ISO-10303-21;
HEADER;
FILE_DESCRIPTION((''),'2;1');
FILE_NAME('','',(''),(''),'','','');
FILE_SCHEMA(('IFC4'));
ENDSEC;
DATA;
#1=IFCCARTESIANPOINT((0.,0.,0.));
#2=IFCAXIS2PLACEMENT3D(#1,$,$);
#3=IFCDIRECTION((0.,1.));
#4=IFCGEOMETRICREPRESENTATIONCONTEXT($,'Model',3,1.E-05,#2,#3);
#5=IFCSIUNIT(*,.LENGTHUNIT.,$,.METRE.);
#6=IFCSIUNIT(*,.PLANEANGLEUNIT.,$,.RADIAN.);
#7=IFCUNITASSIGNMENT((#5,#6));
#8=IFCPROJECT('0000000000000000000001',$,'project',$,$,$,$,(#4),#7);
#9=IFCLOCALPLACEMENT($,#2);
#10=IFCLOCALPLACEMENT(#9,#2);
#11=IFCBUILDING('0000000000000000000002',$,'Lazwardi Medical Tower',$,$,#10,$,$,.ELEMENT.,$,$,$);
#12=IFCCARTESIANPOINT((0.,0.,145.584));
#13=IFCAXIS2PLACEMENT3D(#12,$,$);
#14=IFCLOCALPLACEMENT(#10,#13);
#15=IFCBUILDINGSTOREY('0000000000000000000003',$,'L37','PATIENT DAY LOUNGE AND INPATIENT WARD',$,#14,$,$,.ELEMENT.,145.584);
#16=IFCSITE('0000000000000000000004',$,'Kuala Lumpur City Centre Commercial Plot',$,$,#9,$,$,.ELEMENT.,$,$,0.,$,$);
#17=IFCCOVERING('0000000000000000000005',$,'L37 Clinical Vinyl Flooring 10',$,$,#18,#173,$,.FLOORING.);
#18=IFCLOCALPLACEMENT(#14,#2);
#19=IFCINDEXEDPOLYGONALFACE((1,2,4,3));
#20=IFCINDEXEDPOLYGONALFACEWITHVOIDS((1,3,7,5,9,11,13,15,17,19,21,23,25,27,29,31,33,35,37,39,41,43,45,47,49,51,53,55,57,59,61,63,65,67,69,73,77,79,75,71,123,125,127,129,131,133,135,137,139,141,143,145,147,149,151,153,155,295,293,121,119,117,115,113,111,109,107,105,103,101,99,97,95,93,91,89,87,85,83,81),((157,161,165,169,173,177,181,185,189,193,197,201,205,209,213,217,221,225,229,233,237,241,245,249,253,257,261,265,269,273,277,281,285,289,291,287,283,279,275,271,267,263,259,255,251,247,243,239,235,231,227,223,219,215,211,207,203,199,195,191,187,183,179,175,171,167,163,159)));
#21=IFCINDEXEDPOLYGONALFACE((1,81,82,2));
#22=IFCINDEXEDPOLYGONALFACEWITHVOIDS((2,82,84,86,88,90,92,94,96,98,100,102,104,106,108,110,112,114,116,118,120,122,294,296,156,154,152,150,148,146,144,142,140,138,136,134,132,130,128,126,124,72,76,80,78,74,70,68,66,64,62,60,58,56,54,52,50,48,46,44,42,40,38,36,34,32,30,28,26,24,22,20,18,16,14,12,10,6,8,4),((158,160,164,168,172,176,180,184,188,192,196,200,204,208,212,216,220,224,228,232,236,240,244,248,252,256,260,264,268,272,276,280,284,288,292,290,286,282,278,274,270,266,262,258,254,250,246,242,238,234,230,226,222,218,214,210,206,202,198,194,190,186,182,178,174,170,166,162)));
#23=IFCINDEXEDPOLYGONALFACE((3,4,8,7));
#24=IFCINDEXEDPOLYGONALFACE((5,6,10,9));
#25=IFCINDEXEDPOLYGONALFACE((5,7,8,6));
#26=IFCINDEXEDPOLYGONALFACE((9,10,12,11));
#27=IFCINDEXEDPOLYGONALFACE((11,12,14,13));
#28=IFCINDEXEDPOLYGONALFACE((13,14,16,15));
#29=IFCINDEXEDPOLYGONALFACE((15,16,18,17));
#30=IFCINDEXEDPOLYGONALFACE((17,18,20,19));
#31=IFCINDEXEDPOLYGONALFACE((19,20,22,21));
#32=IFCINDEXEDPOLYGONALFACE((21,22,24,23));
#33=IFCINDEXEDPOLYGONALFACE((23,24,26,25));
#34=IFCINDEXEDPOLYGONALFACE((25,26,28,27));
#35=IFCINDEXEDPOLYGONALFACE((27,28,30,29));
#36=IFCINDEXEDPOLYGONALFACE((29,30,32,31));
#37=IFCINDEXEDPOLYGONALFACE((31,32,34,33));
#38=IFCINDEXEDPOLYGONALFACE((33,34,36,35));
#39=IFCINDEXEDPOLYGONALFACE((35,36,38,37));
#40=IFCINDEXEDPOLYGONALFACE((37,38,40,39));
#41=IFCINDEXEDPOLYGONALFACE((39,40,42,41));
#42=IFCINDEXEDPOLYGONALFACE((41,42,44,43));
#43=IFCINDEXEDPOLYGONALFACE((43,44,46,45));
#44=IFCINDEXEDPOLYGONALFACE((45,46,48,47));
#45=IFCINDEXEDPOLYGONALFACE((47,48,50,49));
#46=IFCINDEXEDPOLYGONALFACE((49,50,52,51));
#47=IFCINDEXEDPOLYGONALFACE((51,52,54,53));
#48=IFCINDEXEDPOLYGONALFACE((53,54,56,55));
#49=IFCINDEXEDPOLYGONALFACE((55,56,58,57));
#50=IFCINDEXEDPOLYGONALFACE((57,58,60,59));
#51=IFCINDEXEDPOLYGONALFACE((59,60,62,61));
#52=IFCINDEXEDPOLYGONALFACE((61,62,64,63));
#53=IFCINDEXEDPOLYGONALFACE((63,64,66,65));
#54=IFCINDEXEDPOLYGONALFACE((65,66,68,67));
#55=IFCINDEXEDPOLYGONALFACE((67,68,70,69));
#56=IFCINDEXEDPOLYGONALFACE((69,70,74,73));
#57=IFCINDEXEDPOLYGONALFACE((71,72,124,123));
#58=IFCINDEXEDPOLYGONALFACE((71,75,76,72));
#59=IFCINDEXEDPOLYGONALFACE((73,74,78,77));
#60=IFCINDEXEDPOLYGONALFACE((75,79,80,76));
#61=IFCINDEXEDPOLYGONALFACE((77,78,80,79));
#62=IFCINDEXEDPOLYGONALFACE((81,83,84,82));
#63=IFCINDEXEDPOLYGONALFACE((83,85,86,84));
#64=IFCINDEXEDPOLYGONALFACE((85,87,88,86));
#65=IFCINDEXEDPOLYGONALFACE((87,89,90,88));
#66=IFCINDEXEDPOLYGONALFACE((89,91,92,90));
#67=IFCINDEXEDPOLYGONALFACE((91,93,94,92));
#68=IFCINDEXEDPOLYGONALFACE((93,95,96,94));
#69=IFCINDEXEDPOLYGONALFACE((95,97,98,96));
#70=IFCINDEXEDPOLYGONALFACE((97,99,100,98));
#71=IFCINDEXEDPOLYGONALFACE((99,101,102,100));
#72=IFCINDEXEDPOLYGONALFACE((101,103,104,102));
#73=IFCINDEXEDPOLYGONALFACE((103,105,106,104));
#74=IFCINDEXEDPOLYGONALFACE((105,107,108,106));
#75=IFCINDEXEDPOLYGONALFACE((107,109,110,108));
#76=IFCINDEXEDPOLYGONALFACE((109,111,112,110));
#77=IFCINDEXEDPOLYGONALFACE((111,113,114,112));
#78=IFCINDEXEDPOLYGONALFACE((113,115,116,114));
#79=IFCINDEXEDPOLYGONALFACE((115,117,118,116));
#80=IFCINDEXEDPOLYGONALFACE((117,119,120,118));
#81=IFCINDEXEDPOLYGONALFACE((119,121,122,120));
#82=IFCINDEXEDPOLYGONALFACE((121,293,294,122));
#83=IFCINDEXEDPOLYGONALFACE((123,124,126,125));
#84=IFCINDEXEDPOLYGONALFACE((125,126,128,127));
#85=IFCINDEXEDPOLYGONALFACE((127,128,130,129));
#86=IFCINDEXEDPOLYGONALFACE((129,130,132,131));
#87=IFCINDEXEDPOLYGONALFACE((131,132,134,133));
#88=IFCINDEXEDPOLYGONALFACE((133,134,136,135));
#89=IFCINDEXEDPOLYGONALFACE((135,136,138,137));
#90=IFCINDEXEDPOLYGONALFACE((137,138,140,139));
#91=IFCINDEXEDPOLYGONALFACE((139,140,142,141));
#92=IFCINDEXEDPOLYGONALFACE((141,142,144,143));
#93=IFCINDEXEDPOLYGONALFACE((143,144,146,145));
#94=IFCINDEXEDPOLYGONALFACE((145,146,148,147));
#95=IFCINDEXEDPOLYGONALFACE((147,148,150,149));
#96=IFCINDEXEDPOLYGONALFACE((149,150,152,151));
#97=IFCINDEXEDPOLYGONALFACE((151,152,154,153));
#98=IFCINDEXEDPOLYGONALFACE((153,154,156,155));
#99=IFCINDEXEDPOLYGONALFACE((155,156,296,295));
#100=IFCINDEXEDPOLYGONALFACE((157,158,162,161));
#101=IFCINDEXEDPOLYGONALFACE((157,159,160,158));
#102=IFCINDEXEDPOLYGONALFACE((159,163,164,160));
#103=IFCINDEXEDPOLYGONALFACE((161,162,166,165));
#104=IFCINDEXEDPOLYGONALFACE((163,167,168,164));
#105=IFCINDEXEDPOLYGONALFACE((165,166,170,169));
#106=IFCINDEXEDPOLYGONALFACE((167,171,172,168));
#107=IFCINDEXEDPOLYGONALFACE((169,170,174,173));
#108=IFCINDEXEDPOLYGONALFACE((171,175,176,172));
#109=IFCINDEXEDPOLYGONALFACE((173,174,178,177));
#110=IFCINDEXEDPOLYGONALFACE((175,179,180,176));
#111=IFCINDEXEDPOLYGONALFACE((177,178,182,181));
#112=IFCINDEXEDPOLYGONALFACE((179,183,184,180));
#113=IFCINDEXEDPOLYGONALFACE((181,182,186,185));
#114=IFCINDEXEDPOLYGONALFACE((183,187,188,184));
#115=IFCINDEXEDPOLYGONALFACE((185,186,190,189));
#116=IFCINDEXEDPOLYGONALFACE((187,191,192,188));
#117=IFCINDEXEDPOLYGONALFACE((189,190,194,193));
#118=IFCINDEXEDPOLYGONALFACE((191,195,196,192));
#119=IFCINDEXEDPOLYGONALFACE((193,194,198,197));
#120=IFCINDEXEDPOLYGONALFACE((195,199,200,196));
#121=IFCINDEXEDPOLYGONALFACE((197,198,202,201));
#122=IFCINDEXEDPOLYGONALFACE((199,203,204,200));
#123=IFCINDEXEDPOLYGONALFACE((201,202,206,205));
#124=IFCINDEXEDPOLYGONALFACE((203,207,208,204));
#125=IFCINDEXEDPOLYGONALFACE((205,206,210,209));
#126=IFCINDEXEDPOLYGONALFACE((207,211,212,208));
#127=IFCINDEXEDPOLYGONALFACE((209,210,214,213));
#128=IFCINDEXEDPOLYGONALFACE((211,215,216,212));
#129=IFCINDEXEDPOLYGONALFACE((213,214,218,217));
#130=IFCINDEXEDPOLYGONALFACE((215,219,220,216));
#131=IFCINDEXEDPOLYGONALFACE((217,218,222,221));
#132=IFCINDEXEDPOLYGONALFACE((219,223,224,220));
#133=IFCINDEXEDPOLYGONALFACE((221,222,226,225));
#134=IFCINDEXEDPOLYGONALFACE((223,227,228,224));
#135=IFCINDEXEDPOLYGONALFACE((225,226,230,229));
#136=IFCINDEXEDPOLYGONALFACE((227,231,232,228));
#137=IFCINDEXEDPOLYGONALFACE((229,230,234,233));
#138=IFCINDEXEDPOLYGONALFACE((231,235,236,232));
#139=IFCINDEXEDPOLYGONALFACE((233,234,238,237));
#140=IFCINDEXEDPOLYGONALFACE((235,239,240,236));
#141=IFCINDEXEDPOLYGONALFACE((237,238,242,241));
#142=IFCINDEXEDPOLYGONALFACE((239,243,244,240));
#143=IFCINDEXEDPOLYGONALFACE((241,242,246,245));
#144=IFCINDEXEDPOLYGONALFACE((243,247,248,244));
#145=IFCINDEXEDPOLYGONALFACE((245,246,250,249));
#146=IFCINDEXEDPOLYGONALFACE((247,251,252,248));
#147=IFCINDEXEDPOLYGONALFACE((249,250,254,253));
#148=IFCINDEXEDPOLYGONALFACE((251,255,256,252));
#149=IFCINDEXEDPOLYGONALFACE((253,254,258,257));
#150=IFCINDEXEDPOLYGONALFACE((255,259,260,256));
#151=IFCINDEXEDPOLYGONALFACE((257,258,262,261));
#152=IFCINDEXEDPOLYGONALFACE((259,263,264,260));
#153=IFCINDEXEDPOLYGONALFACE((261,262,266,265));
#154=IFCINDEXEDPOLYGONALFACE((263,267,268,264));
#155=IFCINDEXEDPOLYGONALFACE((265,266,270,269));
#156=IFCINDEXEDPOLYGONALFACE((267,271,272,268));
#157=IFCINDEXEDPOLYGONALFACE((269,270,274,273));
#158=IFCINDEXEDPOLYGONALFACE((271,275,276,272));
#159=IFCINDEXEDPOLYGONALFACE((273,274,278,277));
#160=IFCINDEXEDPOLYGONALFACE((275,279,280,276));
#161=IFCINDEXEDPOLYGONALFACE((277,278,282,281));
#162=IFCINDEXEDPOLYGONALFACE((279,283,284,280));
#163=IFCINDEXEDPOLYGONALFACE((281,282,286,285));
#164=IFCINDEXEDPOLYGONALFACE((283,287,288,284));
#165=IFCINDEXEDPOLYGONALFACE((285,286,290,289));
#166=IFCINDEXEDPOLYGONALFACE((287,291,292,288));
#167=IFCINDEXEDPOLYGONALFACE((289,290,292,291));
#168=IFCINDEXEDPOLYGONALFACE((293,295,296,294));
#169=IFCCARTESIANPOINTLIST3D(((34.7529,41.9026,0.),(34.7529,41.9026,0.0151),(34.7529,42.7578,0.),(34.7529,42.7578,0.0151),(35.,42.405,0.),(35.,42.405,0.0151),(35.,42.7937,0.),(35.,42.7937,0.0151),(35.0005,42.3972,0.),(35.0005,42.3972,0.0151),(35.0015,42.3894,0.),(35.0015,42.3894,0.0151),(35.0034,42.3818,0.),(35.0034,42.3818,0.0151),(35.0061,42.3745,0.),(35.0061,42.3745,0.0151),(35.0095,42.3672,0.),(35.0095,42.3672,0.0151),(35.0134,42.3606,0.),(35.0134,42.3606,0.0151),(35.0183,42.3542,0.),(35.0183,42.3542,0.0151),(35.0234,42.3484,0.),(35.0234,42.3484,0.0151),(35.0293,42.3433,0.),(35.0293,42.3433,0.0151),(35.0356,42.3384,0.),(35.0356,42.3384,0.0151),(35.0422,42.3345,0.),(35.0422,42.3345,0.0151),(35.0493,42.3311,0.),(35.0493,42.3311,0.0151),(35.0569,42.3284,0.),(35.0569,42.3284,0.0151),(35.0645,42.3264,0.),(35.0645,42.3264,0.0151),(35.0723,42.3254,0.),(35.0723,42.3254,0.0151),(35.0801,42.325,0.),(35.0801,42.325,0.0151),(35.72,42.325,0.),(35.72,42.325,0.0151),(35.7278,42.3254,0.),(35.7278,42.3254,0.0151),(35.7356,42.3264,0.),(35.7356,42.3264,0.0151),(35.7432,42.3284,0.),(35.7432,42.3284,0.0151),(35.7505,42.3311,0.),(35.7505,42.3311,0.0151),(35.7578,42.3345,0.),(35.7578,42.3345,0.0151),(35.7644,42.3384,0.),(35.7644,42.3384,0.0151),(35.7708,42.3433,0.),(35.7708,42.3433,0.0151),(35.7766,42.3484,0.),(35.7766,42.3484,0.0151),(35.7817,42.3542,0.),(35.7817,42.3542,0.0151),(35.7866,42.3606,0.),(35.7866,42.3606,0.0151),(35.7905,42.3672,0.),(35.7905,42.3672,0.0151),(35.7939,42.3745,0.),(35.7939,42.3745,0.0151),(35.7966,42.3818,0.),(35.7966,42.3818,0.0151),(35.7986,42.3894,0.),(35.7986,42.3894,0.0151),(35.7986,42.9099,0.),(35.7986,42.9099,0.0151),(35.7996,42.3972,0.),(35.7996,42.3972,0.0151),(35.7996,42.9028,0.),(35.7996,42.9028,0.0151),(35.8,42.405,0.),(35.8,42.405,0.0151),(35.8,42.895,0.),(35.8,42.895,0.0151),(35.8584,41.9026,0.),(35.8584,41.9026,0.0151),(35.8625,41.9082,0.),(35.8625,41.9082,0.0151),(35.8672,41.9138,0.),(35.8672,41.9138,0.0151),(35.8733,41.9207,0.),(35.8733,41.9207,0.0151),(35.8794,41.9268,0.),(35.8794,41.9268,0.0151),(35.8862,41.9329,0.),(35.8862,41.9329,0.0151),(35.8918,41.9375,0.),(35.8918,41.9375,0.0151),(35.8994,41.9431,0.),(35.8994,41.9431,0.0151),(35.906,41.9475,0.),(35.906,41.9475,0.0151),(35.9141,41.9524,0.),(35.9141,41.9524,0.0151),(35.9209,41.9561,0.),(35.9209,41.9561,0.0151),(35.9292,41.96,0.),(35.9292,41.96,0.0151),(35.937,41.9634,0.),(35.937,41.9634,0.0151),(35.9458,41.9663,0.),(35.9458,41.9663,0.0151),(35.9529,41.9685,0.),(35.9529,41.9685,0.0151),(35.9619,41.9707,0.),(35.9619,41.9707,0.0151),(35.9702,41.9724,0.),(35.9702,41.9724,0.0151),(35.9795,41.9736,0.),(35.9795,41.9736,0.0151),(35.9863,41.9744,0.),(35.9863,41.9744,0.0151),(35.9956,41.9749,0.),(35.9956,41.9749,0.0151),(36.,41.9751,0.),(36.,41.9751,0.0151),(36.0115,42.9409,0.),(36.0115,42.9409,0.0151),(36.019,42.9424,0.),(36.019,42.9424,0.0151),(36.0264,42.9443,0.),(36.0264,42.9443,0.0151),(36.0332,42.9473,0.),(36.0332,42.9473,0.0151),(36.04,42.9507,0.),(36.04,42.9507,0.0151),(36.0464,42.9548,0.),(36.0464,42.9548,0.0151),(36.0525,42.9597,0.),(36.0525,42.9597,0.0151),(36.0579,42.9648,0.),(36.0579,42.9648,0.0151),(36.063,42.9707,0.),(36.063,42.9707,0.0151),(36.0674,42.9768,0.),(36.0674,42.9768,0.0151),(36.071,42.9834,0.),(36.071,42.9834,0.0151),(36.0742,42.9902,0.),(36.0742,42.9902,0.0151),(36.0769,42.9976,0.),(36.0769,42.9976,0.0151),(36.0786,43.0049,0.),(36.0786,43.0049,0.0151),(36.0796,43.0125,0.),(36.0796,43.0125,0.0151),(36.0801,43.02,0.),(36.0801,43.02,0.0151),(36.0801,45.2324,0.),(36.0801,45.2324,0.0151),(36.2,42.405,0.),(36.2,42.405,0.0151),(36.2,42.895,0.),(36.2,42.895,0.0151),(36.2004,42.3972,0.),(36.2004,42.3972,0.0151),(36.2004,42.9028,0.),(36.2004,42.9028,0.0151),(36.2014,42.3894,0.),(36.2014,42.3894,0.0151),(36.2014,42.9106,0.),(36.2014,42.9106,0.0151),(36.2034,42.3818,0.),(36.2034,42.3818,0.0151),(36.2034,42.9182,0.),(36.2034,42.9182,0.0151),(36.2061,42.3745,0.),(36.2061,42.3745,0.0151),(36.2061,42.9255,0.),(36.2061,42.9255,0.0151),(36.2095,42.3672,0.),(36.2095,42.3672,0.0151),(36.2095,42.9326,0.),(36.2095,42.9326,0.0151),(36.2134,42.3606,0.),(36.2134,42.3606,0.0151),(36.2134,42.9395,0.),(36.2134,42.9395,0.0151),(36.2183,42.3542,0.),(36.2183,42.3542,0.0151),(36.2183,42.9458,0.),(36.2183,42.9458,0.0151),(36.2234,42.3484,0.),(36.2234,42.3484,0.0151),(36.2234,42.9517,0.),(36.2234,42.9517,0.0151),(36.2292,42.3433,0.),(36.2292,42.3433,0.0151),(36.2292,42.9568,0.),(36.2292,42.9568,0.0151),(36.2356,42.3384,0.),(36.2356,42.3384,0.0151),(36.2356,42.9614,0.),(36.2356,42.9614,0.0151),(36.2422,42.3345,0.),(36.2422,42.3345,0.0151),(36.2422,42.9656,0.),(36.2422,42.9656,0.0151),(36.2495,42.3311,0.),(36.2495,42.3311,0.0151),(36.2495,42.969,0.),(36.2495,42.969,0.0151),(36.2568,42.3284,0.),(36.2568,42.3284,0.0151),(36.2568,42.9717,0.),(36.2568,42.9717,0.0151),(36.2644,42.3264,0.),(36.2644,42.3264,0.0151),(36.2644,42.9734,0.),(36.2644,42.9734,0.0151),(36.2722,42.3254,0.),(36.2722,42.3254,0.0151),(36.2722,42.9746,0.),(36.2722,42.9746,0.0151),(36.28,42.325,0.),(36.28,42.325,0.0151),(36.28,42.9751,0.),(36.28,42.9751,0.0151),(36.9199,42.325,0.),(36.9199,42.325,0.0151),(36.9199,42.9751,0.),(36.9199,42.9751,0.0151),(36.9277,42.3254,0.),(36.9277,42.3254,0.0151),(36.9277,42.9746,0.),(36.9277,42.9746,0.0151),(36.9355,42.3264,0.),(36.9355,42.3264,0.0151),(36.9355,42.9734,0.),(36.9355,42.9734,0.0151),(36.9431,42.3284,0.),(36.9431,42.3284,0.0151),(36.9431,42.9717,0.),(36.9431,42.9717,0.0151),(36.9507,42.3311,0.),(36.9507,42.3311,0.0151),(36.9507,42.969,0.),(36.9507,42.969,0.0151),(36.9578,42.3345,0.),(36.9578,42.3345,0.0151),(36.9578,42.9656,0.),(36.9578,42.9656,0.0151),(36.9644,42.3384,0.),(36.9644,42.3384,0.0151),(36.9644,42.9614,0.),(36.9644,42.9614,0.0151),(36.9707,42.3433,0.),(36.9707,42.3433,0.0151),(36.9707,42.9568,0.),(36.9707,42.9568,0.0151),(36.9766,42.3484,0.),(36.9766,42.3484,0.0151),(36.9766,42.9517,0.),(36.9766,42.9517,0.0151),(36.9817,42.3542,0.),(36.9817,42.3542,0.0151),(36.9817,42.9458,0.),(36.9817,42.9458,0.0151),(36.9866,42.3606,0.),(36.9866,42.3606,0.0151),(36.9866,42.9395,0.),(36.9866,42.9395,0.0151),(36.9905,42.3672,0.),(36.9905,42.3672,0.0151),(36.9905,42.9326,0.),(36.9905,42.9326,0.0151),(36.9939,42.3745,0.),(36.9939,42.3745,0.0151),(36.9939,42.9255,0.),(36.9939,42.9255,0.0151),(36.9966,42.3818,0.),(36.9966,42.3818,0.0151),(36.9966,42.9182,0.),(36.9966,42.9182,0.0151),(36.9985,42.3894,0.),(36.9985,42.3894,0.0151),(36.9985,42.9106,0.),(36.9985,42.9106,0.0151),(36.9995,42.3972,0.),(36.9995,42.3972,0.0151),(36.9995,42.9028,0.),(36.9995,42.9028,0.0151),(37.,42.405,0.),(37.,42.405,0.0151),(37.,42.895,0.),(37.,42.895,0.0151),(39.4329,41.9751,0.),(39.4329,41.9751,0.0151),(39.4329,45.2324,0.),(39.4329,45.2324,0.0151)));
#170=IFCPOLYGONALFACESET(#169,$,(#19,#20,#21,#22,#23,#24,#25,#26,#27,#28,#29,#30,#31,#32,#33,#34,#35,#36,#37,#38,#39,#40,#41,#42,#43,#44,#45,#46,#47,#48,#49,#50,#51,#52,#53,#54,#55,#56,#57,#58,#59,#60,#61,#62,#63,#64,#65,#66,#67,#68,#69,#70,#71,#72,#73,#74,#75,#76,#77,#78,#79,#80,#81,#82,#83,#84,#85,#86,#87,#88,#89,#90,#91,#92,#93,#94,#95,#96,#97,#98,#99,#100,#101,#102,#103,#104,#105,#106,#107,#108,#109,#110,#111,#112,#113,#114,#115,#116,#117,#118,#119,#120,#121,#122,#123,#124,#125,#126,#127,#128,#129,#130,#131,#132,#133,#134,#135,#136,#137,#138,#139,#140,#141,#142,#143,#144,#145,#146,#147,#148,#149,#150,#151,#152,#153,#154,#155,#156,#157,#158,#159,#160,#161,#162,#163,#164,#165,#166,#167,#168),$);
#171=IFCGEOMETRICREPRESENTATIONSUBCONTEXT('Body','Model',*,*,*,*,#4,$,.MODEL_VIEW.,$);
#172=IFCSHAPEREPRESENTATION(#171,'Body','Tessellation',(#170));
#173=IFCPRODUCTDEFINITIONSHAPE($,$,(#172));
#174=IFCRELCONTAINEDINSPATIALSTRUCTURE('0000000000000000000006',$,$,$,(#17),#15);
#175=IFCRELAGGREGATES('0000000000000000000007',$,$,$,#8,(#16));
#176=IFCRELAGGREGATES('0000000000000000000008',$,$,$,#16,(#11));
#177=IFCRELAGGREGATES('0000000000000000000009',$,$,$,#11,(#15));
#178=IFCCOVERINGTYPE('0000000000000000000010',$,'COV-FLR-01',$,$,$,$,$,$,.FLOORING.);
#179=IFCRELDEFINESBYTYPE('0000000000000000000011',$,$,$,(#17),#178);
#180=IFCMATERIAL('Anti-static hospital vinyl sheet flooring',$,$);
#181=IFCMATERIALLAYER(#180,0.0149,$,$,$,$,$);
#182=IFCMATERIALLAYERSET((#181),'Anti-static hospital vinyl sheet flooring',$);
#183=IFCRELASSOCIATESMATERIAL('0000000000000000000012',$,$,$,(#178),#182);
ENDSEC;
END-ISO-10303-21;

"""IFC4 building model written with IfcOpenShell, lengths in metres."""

from ifc_helpers import new_model, si_unit, direction, frame, origin, place, context, subcontext, project, spatial, polyline, outline, extrude, material, layer, layer_set, type_object, element, save


model = new_model("IFC4")

# Units and contexts
model_context = context("Model", 3, precision=1e-05, world=origin(), true_north=direction((0.0, 1.0)))
body_context = subcontext(model_context, "Body", "Model", "MODEL_VIEW")
ifc_project = project(units=[si_unit("LENGTHUNIT", "METRE"), si_unit("PLANEANGLEUNIT", "RADIAN")], contexts=[model_context])

# Site, building, storey
site_placement = place(None, origin())
site = spatial("IfcSite", under=ifc_project, at=site_placement, Name="Kuala Lumpur City Centre Commercial Plot", CompositionType="ELEMENT", RefElevation=0.0)
building_placement = place(site_placement, origin())
building = spatial("IfcBuilding", under=site, at=building_placement, Name="Lazwardi Medical Tower", CompositionType="ELEMENT")
storey_placement = place(building_placement, frame((0.0, 0.0, 145.584)))
storey = spatial("IfcBuildingStorey", under=building, at=storey_placement, Name="L37", Description="PATIENT DAY LOUNGE AND INPATIENT WARD", CompositionType="ELEMENT", Elevation=145.584)

# Covering
ifc_material_1 = material(Name="Anti-static hospital vinyl sheet flooring")
ifc_layer_1 = layer(ifc_material_1, 0.0149)
ifc_layer_set_1 = layer_set([ifc_layer_1], Name="Anti-static hospital vinyl sheet flooring")
covering_type_1 = type_object("IfcCoveringType", Name="COV-FLR-01", PredefinedType="FLOORING", material=ifc_layer_set_1)
covering_1_placement = place(storey_placement, origin())
element("IfcCovering", 1, at=covering_1_placement, inside=storey, type_object=covering_type_1, Name="L37 Clinical Vinyl Flooring 10", PredefinedType="FLOORING", context=body_context, shape_type="SweptSolid", body=[
    extrude(outline(polyline([(36.0801, 45.2324), (36.0801, 43.02), (36.0796, 43.0125), (36.0786, 43.0049), (36.0769, 42.9976), (36.0742, 42.9902), (36.071, 42.9834), (36.0674, 42.9768), (36.063, 42.9707), (36.0579, 42.9648), (36.0525, 42.9597), (36.0464, 42.9548), (36.04, 42.9507), (36.0332, 42.9473), (36.0264, 42.9443), (36.019, 42.9424), (36.0115, 42.9409), (35.7986, 42.9099), (35.7996, 42.9028), (35.8, 42.895), (35.8, 42.405), (35.7996, 42.3972), (35.7986, 42.3894), (35.7966, 42.3818), (35.7939, 42.3745), (35.7905, 42.3672), (35.7866, 42.3606), (35.7817, 42.3542), (35.7766, 42.3484), (35.7708, 42.3433), (35.7644, 42.3384), (35.7578, 42.3345), (35.7505, 42.3311), (35.7432, 42.3284), (35.7356, 42.3264), (35.7278, 42.3254), (35.72, 42.325), (35.0801, 42.325), (35.0723, 42.3254), (35.0645, 42.3264), (35.0569, 42.3284), (35.0493, 42.3311), (35.0422, 42.3345), (35.0356, 42.3384), (35.0293, 42.3433), (35.0234, 42.3484), (35.0183, 42.3542), (35.0134, 42.3606), (35.0095, 42.3672), (35.0061, 42.3745), (35.0034, 42.3818), (35.0015, 42.3894), (35.0005, 42.3972), (35.0, 42.405), (35.0, 42.7937), (34.7529, 42.7578), (34.7529, 41.9026), (35.8584, 41.9026), (35.8625, 41.9082), (35.8672, 41.9138), (35.8733, 41.9207), (35.8794, 41.9268), (35.8862, 41.9329), (35.8918, 41.9375), (35.8994, 41.9431), (35.906, 41.9475), (35.9141, 41.9524), (35.9209, 41.9561), (35.9292, 41.96), (35.937, 41.9634), (35.9458, 41.9663), (35.9529, 41.9685), (35.9619, 41.9707), (35.9702, 41.9724), (35.9795, 41.9736), (35.9863, 41.9744), (35.9956, 41.9749), (36.0, 41.9751), (39.4329, 41.9751), (39.4329, 45.2324), (36.0801, 45.2324)]), holes=[polyline([(36.9431, 42.3284), (36.9355, 42.3264), (36.9277, 42.3254), (36.9199, 42.325), (36.28, 42.325), (36.2722, 42.3254), (36.2644, 42.3264), (36.2568, 42.3284), (36.2495, 42.3311), (36.2422, 42.3345), (36.2356, 42.3384), (36.2292, 42.3433), (36.2234, 42.3484), (36.2183, 42.3542), (36.2134, 42.3606), (36.2095, 42.3672), (36.2061, 42.3745), (36.2034, 42.3818), (36.2014, 42.3894), (36.2004, 42.3972), (36.2, 42.405), (36.2, 42.895), (36.2004, 42.9028), (36.2014, 42.9106), (36.2034, 42.9182), (36.2061, 42.9255), (36.2095, 42.9326), (36.2134, 42.9395), (36.2183, 42.9458), (36.2234, 42.9517), (36.2292, 42.9568), (36.2356, 42.9614), (36.2422, 42.9656), (36.2495, 42.969), (36.2568, 42.9717), (36.2644, 42.9734), (36.2722, 42.9746), (36.28, 42.9751), (36.9199, 42.9751), (36.9277, 42.9746), (36.9355, 42.9734), (36.9431, 42.9717), (36.9507, 42.969), (36.9578, 42.9656), (36.9644, 42.9614), (36.9707, 42.9568), (36.9766, 42.9517), (36.9817, 42.9458), (36.9866, 42.9395), (36.9905, 42.9326), (36.9939, 42.9255), (36.9966, 42.9182), (36.9985, 42.9106), (36.9995, 42.9028), (37.0, 42.895), (37.0, 42.405), (36.9995, 42.3972), (36.9985, 42.3894), (36.9966, 42.3818), (36.9939, 42.3745), (36.9905, 42.3672), (36.9866, 42.3606), (36.9817, 42.3542), (36.9766, 42.3484), (36.9707, 42.3433), (36.9644, 42.3384), (36.9578, 42.3345), (36.9507, 42.3311), (36.9431, 42.3284)])]), origin(), (0.0, 0.0, 1.0), 0.0151),
])

save(model, "model.ifc")
